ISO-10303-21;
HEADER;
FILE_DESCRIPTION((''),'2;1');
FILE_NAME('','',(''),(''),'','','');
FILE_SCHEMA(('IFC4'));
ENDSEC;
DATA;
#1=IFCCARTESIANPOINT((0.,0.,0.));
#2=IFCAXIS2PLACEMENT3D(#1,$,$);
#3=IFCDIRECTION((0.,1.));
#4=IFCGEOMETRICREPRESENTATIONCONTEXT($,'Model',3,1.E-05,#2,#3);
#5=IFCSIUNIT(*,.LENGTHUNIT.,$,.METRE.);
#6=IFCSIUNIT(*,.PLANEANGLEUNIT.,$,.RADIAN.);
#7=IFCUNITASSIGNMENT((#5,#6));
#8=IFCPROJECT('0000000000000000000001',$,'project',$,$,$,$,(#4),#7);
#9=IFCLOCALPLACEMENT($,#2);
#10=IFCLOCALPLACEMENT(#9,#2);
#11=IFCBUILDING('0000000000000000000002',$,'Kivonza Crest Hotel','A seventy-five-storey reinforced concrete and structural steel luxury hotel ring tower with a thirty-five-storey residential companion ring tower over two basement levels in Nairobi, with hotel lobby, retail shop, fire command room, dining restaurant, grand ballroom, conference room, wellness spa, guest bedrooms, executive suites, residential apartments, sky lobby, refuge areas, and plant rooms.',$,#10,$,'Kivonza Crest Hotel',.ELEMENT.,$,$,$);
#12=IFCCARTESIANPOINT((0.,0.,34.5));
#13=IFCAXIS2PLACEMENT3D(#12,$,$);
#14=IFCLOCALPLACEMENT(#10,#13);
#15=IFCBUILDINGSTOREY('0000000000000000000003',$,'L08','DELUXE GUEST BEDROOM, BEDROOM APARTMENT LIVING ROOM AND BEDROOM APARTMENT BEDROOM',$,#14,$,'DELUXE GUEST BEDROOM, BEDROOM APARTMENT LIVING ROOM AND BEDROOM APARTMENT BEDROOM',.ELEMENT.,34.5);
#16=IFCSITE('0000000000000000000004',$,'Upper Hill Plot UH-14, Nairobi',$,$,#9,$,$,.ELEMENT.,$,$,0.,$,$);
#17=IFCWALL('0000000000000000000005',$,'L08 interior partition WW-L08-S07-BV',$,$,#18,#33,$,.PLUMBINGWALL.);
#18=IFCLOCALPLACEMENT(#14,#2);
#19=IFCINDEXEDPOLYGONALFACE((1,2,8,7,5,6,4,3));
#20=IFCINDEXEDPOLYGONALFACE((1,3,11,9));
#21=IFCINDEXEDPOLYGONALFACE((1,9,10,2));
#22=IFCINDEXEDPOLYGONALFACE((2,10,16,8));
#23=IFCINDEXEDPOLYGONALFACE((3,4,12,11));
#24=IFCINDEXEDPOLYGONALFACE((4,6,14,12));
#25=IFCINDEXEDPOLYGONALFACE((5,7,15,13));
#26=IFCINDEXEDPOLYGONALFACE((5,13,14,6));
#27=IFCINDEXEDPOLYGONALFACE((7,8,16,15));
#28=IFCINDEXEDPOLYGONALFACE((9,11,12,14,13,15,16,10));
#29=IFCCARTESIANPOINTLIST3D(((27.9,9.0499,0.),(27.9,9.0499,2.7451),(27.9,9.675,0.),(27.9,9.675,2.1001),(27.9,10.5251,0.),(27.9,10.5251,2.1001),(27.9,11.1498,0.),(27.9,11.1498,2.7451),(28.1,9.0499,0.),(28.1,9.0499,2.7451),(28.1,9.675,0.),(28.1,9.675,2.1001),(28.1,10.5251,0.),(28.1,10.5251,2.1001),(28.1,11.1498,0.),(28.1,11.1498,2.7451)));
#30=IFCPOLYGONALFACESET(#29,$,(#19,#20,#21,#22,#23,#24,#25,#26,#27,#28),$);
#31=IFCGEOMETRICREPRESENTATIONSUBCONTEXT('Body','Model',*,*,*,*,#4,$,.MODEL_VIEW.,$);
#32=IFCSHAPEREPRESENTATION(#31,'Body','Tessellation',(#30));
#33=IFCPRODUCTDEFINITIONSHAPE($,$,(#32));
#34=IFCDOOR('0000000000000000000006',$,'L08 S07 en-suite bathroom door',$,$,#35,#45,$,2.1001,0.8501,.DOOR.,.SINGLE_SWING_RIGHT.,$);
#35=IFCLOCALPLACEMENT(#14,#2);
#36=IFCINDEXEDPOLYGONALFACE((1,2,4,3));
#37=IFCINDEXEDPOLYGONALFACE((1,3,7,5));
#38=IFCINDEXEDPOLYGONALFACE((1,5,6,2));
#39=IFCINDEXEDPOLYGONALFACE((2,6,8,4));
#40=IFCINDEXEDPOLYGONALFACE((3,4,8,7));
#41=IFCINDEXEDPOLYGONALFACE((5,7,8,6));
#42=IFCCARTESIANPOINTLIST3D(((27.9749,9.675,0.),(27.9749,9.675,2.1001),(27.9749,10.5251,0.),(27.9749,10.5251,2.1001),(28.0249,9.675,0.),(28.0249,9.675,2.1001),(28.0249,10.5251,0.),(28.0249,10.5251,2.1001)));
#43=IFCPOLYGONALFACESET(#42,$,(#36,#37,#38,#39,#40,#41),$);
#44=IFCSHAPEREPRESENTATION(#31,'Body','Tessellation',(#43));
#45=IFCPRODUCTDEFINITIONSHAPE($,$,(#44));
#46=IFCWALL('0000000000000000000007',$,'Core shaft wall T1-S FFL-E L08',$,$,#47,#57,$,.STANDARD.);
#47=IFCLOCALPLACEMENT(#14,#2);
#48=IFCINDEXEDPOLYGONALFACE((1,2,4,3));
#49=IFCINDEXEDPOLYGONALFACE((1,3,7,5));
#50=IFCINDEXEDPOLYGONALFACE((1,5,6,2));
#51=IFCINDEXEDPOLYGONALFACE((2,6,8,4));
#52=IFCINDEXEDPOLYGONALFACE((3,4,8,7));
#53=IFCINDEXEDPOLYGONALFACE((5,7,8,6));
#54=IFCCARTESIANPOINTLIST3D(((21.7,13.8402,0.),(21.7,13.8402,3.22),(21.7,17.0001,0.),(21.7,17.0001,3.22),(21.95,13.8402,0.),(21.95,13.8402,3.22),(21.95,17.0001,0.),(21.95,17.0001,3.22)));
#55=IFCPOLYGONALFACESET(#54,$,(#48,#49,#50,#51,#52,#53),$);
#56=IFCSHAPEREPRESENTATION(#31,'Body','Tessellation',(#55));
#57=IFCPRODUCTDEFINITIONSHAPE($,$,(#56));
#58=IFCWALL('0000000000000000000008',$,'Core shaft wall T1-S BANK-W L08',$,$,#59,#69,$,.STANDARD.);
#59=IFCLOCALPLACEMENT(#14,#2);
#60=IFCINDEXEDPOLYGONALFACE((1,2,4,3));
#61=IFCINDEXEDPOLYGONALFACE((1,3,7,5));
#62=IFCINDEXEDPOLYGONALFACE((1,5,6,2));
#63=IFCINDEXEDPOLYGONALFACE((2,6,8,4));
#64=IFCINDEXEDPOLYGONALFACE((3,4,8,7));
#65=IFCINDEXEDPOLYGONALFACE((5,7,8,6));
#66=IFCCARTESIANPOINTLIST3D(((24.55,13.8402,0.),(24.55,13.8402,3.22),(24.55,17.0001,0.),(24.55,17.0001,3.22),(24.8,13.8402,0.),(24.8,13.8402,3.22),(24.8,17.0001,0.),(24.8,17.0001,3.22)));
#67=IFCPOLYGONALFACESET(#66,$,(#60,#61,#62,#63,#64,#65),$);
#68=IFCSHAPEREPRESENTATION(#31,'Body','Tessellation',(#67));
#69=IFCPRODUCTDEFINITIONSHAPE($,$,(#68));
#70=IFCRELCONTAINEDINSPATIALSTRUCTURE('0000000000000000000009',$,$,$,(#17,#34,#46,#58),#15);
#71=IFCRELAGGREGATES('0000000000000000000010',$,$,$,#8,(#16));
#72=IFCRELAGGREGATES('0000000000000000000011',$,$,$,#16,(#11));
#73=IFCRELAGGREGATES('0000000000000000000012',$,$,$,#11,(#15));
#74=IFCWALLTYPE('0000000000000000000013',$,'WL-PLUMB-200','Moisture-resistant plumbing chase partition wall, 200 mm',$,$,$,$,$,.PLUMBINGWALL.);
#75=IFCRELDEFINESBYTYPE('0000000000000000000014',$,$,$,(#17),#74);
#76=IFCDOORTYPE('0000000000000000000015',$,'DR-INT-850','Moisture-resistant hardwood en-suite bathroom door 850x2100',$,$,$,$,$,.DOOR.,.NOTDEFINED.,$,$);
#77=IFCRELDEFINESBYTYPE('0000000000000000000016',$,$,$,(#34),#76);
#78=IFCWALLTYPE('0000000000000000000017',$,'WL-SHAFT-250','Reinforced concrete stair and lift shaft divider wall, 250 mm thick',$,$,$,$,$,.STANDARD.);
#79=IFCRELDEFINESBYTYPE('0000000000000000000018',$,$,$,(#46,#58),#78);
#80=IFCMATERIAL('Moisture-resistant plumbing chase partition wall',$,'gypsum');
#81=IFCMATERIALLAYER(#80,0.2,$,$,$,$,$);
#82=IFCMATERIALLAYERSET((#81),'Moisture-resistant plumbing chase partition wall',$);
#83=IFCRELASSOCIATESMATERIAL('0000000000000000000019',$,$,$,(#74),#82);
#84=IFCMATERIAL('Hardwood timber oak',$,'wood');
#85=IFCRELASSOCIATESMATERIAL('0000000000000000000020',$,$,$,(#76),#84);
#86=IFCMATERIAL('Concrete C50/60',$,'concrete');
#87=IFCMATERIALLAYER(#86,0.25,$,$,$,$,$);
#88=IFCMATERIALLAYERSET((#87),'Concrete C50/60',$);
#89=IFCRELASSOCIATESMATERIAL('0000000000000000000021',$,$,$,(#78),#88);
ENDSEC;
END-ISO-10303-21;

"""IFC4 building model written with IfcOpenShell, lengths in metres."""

from ifc_helpers import new_model, si_unit, direction, frame, frame_2d, origin, place, context, subcontext, project, spatial, rectangle, extrude, material, layer, layer_set, type_object, element, fill, save


model = new_model("IFC4")

# Units and contexts
model_context = context("Model", 3, precision=1e-05, world=origin(), true_north=direction((0.0, 1.0)))
body_context = subcontext(model_context, "Body", "Model", "MODEL_VIEW")
ifc_project = project(units=[si_unit("LENGTHUNIT", "METRE"), si_unit("PLANEANGLEUNIT", "RADIAN")], contexts=[model_context])

# Site, building, storey
site_placement = place(None, origin())
site = spatial("IfcSite", under=ifc_project, at=site_placement, Name="Upper Hill Plot UH-14, Nairobi", CompositionType="ELEMENT", RefElevation=0.0)
building_placement = place(site_placement, origin())
building = spatial("IfcBuilding", under=site, at=building_placement, Name="Kivonza Crest Hotel", Description="A seventy-five-storey reinforced concrete and structural steel luxury hotel ring tower with a thirty-five-storey residential companion ring tower over two basement levels in Nairobi, with hotel lobby, retail shop, fire command room, dining restaurant, grand ballroom, conference room, wellness spa, guest bedrooms, executive suites, residential apartments, sky lobby, refuge areas, and plant rooms.", LongName="Kivonza Crest Hotel", CompositionType="ELEMENT")
storey_placement = place(building_placement, frame((0.0, 0.0, 34.5)))
storey = spatial("IfcBuildingStorey", under=building, at=storey_placement, Name="L08", Description="DELUXE GUEST BEDROOM, BEDROOM APARTMENT LIVING ROOM AND BEDROOM APARTMENT BEDROOM", LongName="DELUXE GUEST BEDROOM, BEDROOM APARTMENT LIVING ROOM AND BEDROOM APARTMENT BEDROOM", CompositionType="ELEMENT", Elevation=34.5)

# Shared definitions
ifc_material_1 = material(Name="Hardwood timber oak", Category="wood")

# Wall, opening, door
ifc_material_2 = material(Name="Moisture-resistant plumbing chase partition wall", Category="gypsum")
ifc_layer_1 = layer(ifc_material_2, 0.2)
ifc_layer_set_1 = layer_set([ifc_layer_1], Name="Moisture-resistant plumbing chase partition wall")
wall_type_1 = type_object("IfcWallType", Name="WL-PLUMB-200", Description="Moisture-resistant plumbing chase partition wall, 200 mm", PredefinedType="PLUMBINGWALL", material=ifc_layer_set_1)
wall_1_placement = place(storey_placement, frame((28.0, 9.05, 0.0), z_axis=(0.0, 0.0, 1.0), x_axis=(0.0, 1.0, 0.0)))
wall_1 = element("IfcWall", 1, at=wall_1_placement, inside=storey, type_object=wall_type_1, Name="L08 interior partition WW-L08-S07-BV", PredefinedType="PLUMBINGWALL", context=body_context, shape_type="SweptSolid", body=[
    extrude(rectangle(XDim=2.0999, YDim=0.2, at=frame_2d((1.0498, 0.0))), origin(), (0.0, 0.0, 1.0), 2.7451),
])
opening_1_placement = place(wall_1_placement, frame((0.625, 0.0, 0.0)))
opening_1 = element("IfcOpeningElement", 2, at=opening_1_placement, cuts=wall_1, PredefinedType="OPENING", context=body_context, shape_type="SweptSolid", body=[
    extrude(rectangle(XDim=0.8501, YDim=2.1001, at=frame_2d((0.425, 1.05))), frame((0.0, 0.1099, 0.0), z_axis=(0.0, -1.0, 0.0), x_axis=(1.0, 0.0, 0.0)), (0.0, 0.0, 1.0), 0.22),
])
door_type_1 = type_object("IfcDoorType", Name="DR-INT-850", Description="Moisture-resistant hardwood en-suite bathroom door 850x2100", OperationType="NOTDEFINED", PredefinedType="DOOR", material=ifc_material_1)
door_1_placement = place(opening_1_placement, frame((0.8501, 0.0, 0.0), z_axis=(0.0, 0.0, 1.0), x_axis=(-1.0, 0.0, 0.0)))
door_1 = element("IfcDoor", 3, at=door_1_placement, inside=storey, type_object=door_type_1, Name="L08 S07 en-suite bathroom door", OperationType="SINGLE_SWING_RIGHT", OverallHeight=2.1001, OverallWidth=0.8501, PredefinedType="DOOR", context=body_context, shape_type="SweptSolid", body=[
    extrude(rectangle(XDim=0.8501, YDim=2.1001, at=frame_2d((0.425, 1.05))), frame((0.0, 0.0249, 0.0), z_axis=(0.0, -1.0, 0.0), x_axis=(1.0, 0.0, 0.0)), (0.0, 0.0, 1.0), 0.05),
])
fill(opening_1, door_1)
ifc_material_3 = material(Name="Concrete C50/60", Category="concrete")
ifc_layer_2 = layer(ifc_material_3, 0.25)
ifc_layer_set_2 = layer_set([ifc_layer_2], Name="Concrete C50/60")
wall_type_2 = type_object("IfcWallType", Name="WL-SHAFT-250", Description="Reinforced concrete stair and lift shaft divider wall, 250 mm thick", PredefinedType="STANDARD", material=ifc_layer_set_2)

# Walls
for number, where, z_axis, x_axis, name in (
    (4, (21.825, 13.8401, 0.0), (0.0, 0.0, 1.0), (0.0, 1.0, 0.0), "Core shaft wall T1-S FFL-E L08"),
    (5, (24.675, 13.8401, 0.0), (0.0, 0.0, 1.0), (0.0, 1.0, 0.0), "Core shaft wall T1-S BANK-W L08"),
):
    element("IfcWall", number, at=place(storey_placement, frame(where, z_axis=z_axis, x_axis=x_axis)), inside=storey, type_object=wall_type_2, Name=name, PredefinedType="STANDARD", context=body_context, shape_type="SweptSolid", body=[
        extrude(rectangle(XDim=3.1599, YDim=0.25, at=frame_2d((1.5801, 0.0))), origin(), (0.0, 0.0, 1.0), 3.22),
    ])

save(model, "model.ifc")
